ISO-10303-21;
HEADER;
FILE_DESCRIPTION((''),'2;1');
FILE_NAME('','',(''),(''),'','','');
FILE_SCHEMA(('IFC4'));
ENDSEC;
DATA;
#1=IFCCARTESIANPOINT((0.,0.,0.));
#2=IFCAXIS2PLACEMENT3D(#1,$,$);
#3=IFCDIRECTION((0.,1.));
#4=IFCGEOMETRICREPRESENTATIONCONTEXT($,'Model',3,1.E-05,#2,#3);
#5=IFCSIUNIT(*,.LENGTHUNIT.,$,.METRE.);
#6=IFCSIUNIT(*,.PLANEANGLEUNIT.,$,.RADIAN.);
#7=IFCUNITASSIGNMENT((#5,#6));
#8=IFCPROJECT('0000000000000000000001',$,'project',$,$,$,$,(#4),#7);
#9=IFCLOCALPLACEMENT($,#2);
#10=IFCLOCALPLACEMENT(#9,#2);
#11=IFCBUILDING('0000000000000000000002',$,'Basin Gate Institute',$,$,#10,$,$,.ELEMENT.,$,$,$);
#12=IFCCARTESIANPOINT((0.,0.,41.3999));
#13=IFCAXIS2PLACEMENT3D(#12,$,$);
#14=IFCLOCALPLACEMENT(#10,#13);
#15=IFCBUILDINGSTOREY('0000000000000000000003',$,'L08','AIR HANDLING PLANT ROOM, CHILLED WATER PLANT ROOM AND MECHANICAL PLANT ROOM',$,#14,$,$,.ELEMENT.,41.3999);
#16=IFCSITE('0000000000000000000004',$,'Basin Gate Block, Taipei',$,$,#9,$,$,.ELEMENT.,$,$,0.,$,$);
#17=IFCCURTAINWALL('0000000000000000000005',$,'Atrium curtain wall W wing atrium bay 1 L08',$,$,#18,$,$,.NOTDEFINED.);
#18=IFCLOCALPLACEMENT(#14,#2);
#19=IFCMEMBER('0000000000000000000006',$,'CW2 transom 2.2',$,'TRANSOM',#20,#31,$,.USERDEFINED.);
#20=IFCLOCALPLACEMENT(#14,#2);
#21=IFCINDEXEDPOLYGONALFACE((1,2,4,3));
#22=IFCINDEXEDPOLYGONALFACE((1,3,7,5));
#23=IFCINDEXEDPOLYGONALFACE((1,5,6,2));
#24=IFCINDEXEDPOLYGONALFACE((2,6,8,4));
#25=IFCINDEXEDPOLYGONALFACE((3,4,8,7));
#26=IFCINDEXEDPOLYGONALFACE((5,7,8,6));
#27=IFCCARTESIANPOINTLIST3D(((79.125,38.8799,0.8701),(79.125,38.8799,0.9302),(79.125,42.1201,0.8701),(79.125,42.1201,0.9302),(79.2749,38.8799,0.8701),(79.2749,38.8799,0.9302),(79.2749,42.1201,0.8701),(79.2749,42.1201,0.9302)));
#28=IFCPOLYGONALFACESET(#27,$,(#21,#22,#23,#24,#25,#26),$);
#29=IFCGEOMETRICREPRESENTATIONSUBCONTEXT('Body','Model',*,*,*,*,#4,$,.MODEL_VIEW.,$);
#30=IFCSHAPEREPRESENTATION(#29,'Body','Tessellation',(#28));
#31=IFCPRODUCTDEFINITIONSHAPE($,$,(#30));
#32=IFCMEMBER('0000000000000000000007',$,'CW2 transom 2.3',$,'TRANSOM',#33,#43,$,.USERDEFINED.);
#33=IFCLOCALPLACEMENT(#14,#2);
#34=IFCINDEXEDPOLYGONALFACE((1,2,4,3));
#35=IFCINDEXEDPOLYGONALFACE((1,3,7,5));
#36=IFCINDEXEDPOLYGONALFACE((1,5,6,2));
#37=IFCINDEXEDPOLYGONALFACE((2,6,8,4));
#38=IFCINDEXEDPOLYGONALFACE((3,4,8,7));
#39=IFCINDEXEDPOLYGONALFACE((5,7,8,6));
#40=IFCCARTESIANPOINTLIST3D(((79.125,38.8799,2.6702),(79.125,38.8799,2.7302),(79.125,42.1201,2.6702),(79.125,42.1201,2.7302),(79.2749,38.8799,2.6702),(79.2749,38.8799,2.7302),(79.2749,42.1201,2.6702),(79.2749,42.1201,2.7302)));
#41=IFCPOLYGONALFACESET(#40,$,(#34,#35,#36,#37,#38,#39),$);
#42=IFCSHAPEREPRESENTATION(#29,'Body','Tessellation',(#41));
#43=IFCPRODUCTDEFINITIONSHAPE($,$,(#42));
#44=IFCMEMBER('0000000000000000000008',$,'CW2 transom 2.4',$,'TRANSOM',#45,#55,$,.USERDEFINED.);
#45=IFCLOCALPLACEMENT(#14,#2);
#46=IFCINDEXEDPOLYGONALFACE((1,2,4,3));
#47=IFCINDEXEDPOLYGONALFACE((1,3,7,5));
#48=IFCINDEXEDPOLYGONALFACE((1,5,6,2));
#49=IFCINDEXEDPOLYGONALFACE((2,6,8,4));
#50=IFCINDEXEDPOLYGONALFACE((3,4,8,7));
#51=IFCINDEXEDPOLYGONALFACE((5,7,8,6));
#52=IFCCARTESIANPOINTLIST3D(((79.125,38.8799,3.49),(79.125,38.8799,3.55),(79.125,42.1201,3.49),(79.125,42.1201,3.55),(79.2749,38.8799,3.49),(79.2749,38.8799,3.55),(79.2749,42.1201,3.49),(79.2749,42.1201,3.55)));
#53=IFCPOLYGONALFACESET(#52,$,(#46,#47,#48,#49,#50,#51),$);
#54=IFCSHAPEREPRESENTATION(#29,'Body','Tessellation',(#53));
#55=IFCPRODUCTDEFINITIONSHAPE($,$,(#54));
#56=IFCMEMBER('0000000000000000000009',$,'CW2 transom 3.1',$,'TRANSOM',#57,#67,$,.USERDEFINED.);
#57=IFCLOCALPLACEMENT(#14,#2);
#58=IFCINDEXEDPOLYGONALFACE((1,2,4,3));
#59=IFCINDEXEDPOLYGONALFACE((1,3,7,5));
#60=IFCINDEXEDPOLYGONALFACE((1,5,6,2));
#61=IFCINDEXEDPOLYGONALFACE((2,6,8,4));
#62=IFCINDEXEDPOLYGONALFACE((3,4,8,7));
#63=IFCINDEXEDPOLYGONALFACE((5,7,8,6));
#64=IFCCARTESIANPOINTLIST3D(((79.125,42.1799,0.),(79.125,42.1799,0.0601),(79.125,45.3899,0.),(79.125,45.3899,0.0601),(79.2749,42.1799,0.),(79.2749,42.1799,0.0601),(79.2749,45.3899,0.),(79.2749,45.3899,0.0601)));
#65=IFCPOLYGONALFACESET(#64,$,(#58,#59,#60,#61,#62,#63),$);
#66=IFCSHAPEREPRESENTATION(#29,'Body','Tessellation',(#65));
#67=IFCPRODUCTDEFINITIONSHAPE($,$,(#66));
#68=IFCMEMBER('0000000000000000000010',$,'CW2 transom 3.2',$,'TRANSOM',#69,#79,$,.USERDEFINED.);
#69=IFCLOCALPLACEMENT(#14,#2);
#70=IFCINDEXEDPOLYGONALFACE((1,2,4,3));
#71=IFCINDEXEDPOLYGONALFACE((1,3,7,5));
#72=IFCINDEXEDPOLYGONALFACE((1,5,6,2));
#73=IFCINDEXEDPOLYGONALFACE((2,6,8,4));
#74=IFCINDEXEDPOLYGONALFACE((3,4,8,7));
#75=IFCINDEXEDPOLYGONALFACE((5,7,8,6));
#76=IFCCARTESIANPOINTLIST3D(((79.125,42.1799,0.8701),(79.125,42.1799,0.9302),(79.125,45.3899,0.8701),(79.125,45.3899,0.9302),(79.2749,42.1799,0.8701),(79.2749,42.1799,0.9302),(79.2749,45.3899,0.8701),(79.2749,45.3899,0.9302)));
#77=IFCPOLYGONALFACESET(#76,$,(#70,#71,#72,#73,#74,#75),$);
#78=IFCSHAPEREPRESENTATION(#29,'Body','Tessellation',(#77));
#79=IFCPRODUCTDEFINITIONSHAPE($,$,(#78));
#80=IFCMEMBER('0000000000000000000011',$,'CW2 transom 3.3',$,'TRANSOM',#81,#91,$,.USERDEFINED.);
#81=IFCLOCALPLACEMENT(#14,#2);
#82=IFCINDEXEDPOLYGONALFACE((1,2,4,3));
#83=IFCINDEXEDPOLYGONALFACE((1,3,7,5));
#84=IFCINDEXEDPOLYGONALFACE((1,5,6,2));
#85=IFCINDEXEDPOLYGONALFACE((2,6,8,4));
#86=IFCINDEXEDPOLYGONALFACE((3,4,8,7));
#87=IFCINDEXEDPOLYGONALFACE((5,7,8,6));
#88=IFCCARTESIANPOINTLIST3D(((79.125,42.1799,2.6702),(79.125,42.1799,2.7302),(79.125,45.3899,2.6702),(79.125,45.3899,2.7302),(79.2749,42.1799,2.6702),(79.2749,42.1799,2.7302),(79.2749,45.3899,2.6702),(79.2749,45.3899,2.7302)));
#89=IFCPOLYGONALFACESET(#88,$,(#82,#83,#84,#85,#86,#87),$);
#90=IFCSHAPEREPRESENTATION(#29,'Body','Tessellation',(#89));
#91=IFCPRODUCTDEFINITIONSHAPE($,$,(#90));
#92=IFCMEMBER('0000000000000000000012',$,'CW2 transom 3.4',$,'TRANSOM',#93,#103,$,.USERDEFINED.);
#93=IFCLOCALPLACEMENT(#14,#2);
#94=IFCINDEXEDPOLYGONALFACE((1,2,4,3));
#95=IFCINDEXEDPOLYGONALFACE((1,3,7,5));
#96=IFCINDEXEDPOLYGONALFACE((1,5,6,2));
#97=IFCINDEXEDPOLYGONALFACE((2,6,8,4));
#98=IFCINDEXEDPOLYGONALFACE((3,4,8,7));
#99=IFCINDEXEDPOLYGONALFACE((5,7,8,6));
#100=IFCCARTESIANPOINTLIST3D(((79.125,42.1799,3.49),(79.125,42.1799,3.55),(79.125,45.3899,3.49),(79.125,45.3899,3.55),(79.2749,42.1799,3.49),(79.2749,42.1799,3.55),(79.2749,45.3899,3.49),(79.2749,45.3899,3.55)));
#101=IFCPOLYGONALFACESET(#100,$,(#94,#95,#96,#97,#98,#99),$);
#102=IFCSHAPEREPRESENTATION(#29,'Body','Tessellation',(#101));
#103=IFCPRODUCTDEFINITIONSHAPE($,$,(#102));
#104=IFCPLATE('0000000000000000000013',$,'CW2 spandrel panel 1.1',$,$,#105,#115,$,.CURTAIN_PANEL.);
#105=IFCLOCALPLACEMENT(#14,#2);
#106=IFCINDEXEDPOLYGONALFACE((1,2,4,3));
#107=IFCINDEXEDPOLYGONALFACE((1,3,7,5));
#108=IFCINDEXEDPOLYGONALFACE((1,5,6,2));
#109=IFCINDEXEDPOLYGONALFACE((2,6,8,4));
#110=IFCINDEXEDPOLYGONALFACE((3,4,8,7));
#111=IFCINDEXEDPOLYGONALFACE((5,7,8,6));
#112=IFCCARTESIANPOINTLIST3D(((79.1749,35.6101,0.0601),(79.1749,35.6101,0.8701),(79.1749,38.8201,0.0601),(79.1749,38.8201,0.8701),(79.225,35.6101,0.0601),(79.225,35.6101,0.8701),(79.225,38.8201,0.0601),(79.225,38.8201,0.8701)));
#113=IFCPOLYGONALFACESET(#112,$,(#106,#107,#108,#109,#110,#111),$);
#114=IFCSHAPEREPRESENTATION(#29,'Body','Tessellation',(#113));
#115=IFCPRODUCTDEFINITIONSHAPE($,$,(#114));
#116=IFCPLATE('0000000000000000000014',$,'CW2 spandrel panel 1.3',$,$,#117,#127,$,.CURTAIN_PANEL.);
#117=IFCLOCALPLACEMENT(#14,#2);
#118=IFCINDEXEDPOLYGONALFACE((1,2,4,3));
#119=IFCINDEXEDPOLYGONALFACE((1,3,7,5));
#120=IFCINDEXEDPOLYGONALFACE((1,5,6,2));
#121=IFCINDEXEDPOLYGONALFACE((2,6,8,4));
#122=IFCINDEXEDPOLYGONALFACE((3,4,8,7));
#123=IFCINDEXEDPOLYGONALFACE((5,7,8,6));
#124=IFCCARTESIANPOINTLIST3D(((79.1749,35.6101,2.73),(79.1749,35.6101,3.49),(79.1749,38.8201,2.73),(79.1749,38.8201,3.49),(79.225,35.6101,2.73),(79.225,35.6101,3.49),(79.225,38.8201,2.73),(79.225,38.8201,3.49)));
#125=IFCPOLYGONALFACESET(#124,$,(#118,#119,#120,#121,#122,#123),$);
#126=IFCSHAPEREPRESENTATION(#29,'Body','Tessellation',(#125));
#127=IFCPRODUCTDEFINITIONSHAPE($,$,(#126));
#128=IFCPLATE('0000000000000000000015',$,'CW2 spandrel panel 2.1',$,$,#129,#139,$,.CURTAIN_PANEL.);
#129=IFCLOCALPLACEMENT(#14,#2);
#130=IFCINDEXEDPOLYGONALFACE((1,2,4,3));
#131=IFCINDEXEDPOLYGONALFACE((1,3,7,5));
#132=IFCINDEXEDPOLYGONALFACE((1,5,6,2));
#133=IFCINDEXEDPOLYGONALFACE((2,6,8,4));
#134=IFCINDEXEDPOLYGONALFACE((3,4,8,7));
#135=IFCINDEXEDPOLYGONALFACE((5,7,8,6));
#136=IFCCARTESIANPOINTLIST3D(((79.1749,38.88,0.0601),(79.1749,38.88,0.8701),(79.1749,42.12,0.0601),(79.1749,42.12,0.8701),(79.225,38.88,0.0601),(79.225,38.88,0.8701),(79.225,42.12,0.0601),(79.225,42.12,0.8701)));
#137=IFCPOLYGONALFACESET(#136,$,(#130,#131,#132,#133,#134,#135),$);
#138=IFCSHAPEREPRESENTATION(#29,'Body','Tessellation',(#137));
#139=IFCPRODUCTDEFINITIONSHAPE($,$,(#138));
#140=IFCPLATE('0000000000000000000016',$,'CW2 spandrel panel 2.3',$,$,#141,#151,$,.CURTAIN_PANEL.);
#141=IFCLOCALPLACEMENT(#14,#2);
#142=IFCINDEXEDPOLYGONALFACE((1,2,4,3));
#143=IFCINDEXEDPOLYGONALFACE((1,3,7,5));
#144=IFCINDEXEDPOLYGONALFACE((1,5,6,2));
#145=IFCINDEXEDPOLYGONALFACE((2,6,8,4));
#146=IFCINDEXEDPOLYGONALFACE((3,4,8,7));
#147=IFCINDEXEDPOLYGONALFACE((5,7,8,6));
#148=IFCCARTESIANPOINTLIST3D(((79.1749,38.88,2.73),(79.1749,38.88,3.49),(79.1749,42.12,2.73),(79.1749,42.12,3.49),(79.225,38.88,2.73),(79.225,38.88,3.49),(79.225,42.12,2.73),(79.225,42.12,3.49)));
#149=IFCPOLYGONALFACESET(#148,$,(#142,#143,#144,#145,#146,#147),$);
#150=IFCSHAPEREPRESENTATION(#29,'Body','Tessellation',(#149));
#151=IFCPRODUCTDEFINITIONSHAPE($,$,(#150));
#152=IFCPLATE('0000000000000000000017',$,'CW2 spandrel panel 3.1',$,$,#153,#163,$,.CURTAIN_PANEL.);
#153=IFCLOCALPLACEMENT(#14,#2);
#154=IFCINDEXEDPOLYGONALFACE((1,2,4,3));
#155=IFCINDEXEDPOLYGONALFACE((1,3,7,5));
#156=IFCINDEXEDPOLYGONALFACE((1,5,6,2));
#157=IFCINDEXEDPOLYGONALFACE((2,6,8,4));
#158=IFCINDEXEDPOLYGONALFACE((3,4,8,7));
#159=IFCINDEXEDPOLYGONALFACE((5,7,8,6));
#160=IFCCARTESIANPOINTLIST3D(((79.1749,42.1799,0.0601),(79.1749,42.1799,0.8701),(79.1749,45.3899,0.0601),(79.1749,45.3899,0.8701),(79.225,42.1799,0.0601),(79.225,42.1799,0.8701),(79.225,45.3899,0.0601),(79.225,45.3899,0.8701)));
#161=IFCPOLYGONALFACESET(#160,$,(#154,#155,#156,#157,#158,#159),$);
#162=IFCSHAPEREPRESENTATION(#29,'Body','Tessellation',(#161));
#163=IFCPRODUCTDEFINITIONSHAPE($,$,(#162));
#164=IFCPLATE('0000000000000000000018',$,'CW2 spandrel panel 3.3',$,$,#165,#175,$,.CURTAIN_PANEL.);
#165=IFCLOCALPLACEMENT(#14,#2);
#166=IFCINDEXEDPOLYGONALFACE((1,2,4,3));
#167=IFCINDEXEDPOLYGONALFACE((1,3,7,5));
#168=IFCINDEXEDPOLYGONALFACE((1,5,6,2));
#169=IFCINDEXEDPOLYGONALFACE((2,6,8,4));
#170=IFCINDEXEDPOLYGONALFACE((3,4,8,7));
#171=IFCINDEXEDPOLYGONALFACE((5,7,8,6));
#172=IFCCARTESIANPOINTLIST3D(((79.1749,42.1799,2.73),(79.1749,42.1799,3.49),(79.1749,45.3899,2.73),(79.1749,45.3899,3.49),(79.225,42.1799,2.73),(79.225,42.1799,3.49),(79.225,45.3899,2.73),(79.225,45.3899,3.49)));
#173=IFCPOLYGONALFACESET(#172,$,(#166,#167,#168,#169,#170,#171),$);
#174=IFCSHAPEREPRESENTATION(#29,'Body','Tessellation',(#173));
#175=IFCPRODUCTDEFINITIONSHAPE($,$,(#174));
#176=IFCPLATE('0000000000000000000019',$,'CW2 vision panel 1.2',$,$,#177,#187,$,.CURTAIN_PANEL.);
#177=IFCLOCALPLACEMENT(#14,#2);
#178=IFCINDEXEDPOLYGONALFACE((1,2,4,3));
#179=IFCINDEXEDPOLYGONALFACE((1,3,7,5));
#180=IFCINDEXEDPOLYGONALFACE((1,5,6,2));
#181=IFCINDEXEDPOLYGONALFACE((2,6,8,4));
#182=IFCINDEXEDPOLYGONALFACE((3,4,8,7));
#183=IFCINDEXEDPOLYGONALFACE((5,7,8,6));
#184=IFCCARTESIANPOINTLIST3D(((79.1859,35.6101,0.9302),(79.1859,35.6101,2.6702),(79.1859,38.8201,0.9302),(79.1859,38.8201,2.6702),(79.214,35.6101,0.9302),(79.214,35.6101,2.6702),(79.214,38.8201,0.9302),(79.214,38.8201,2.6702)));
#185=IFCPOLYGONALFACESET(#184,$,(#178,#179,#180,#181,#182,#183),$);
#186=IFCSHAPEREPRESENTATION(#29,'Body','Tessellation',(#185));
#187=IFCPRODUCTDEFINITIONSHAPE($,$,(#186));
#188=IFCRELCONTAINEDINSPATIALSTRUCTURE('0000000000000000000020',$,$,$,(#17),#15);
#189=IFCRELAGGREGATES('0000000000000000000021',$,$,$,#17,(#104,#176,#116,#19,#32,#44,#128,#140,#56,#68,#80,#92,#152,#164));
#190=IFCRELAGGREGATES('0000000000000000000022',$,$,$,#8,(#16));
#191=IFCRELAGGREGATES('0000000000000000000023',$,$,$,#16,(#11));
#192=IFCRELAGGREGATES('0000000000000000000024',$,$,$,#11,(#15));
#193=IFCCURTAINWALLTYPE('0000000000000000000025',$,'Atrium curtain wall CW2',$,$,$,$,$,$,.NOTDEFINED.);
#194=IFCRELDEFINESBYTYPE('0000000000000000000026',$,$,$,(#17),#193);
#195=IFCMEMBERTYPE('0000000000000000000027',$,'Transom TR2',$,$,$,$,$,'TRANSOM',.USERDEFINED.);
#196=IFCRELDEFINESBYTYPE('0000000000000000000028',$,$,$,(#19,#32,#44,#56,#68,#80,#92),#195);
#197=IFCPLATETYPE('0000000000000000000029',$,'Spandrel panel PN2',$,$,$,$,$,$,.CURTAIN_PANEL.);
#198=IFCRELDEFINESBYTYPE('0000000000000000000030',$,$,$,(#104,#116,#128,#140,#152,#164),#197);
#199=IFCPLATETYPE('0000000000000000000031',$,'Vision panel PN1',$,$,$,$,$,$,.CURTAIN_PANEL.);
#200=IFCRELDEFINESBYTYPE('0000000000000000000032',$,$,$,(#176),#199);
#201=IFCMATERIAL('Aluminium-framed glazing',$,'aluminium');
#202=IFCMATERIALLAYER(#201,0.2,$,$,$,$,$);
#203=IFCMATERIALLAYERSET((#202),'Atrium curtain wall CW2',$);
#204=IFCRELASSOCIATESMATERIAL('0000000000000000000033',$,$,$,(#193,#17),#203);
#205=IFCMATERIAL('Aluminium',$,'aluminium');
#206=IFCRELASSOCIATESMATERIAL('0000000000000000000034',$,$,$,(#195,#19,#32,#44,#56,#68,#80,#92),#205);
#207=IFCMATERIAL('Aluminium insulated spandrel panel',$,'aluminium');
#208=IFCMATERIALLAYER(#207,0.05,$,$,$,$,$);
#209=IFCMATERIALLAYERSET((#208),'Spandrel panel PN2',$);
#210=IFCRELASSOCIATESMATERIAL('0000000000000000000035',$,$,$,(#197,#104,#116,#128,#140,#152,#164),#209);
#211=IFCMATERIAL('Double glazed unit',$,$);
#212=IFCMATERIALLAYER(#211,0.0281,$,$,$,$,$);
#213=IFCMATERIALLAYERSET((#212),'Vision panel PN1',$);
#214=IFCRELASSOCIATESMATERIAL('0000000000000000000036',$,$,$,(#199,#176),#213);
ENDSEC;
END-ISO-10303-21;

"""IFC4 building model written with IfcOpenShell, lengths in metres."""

from ifc_helpers import new_model, si_unit, direction, frame, origin, origin_2d, place, context, subcontext, project, spatial, rectangle, extrude, material, layer, layer_set, material_profile, profile_set, type_object, element, aggregate, save


model = new_model("IFC4")

# Units and contexts
model_context = context("Model", 3, precision=1e-05, world=origin(), true_north=direction((0.0, 1.0)))
body_context = subcontext(model_context, "Body", "Model", "MODEL_VIEW")
ifc_project = project(units=[si_unit("LENGTHUNIT", "METRE"), si_unit("PLANEANGLEUNIT", "RADIAN")], contexts=[model_context])

# Site, building, storey
site_placement = place(None, origin())
site = spatial("IfcSite", under=ifc_project, at=site_placement, Name="Basin Gate Block, Taipei", CompositionType="ELEMENT", RefElevation=0.0)
building_placement = place(site_placement, origin())
building = spatial("IfcBuilding", under=site, at=building_placement, Name="Basin Gate Institute", CompositionType="ELEMENT")
storey_placement = place(building_placement, frame((0.0, 0.0, 41.3999)))
storey = spatial("IfcBuildingStorey", under=building, at=storey_placement, Name="L08", Description="AIR HANDLING PLANT ROOM, CHILLED WATER PLANT ROOM AND MECHANICAL PLANT ROOM", CompositionType="ELEMENT", Elevation=41.3999)

# Curtain wall
ifc_material_1 = material(Name="Aluminium-framed glazing", Category="aluminium")
ifc_layer_1 = layer(ifc_material_1, 0.2)
ifc_layer_set_1 = layer_set([ifc_layer_1], Name="Atrium curtain wall CW2")
curtain_wall_type = type_object("IfcCurtainWallType", Name="Atrium curtain wall CW2", PredefinedType="NOTDEFINED", material=ifc_layer_set_1)
curtain_wall_placement = place(storey_placement, origin())
curtain_wall = element("IfcCurtainWall", 1, at=curtain_wall_placement, inside=storey, type_object=curtain_wall_type, material=ifc_layer_set_1, Name="Atrium curtain wall W wing atrium bay 1 L08", PredefinedType="NOTDEFINED")

# Members
ifc_material_2 = material(Name="Aluminium", Category="aluminium")
ifc_material_profile_1 = material_profile(ifc_material_2, rectangle(XDim=0.1499, YDim=0.0601, at=origin_2d()), Name="Transom TR2 150 x 60")
ifc_profile_set_1 = profile_set([ifc_material_profile_1], Name="Aluminium")
member_type_1 = type_object("IfcMemberType", Name="Transom TR2", ElementType="TRANSOM", PredefinedType="USERDEFINED", material=ifc_profile_set_1)
member_1_placement = place(storey_placement, frame((79.2, 38.8799, 0.9001), z_axis=(0.0, 1.0, 0.0), x_axis=(-1.0, 0.0, 0.0)))
member_1 = element("IfcMember", 2, at=member_1_placement, type_object=member_type_1, material=ifc_profile_set_1, Name="CW2 transom 2.2", ObjectType="TRANSOM", PredefinedType="USERDEFINED", context=body_context, shape_type="SweptSolid", body=[
    extrude(rectangle(XDim=0.1499, YDim=0.0601, at=origin_2d()), origin(), (0.0, 0.0, 1.0), 3.2402),
])
member_2_placement = place(storey_placement, frame((79.2, 38.8799, 2.7002), z_axis=(0.0, 1.0, 0.0), x_axis=(-1.0, 0.0, 0.0)))
member_2 = element("IfcMember", 3, at=member_2_placement, type_object=member_type_1, material=ifc_profile_set_1, Name="CW2 transom 2.3", ObjectType="TRANSOM", PredefinedType="USERDEFINED", context=body_context, shape_type="SweptSolid", body=[
    extrude(rectangle(XDim=0.1499, YDim=0.0601, at=origin_2d()), origin(), (0.0, 0.0, 1.0), 3.2402),
])
member_3_placement = place(storey_placement, frame((79.2, 38.8799, 3.52), z_axis=(0.0, 1.0, 0.0), x_axis=(-1.0, 0.0, 0.0)))
member_3 = element("IfcMember", 4, at=member_3_placement, type_object=member_type_1, material=ifc_profile_set_1, Name="CW2 transom 2.4", ObjectType="TRANSOM", PredefinedType="USERDEFINED", context=body_context, shape_type="SweptSolid", body=[
    extrude(rectangle(XDim=0.1499, YDim=0.0601, at=origin_2d()), origin(), (0.0, 0.0, 1.0), 3.2402),
])
member_4_placement = place(storey_placement, frame((79.2, 42.1799, 0.03), z_axis=(0.0, 1.0, 0.0), x_axis=(-1.0, 0.0, 0.0)))
member_4 = element("IfcMember", 5, at=member_4_placement, type_object=member_type_1, material=ifc_profile_set_1, Name="CW2 transom 3.1", ObjectType="TRANSOM", PredefinedType="USERDEFINED", context=body_context, shape_type="SweptSolid", body=[
    extrude(rectangle(XDim=0.1499, YDim=0.0601, at=origin_2d()), origin(), (0.0, 0.0, 1.0), 3.21),
])
member_5_placement = place(storey_placement, frame((79.2, 42.1799, 0.9001), z_axis=(0.0, 1.0, 0.0), x_axis=(-1.0, 0.0, 0.0)))
member_5 = element("IfcMember", 6, at=member_5_placement, type_object=member_type_1, material=ifc_profile_set_1, Name="CW2 transom 3.2", ObjectType="TRANSOM", PredefinedType="USERDEFINED", context=body_context, shape_type="SweptSolid", body=[
    extrude(rectangle(XDim=0.1499, YDim=0.0601, at=origin_2d()), origin(), (0.0, 0.0, 1.0), 3.21),
])
member_6_placement = place(storey_placement, frame((79.2, 42.1799, 2.7002), z_axis=(0.0, 1.0, 0.0), x_axis=(-1.0, 0.0, 0.0)))
member_6 = element("IfcMember", 7, at=member_6_placement, type_object=member_type_1, material=ifc_profile_set_1, Name="CW2 transom 3.3", ObjectType="TRANSOM", PredefinedType="USERDEFINED", context=body_context, shape_type="SweptSolid", body=[
    extrude(rectangle(XDim=0.1499, YDim=0.0601, at=origin_2d()), origin(), (0.0, 0.0, 1.0), 3.21),
])
member_7_placement = place(storey_placement, frame((79.2, 42.1799, 3.52), z_axis=(0.0, 1.0, 0.0), x_axis=(-1.0, 0.0, 0.0)))
member_7 = element("IfcMember", 8, at=member_7_placement, type_object=member_type_1, material=ifc_profile_set_1, Name="CW2 transom 3.4", ObjectType="TRANSOM", PredefinedType="USERDEFINED", context=body_context, shape_type="SweptSolid", body=[
    extrude(rectangle(XDim=0.1499, YDim=0.0601, at=origin_2d()), origin(), (0.0, 0.0, 1.0), 3.21),
])

# Plates
ifc_material_3 = material(Name="Aluminium insulated spandrel panel", Category="aluminium")
ifc_layer_2 = layer(ifc_material_3, 0.05)
ifc_layer_set_2 = layer_set([ifc_layer_2], Name="Spandrel panel PN2")
plate_type_1 = type_object("IfcPlateType", Name="Spandrel panel PN2", PredefinedType="CURTAIN_PANEL", material=ifc_layer_set_2)
plate_1_placement = place(storey_placement, frame((79.2, 37.2151, 0.0601), z_axis=(0.0, 0.0, 1.0), x_axis=(0.0, 1.0, 0.0)))
plate_1 = element("IfcPlate", 9, at=plate_1_placement, type_object=plate_type_1, material=ifc_layer_set_2, Name="CW2 spandrel panel 1.1", PredefinedType="CURTAIN_PANEL", context=body_context, shape_type="SweptSolid", body=[
    extrude(rectangle(XDim=3.21, YDim=0.05, at=origin_2d()), origin(), (0.0, 0.0, 1.0), 0.8101),
])
plate_2_placement = place(storey_placement, frame((79.2, 37.2151, 2.73), z_axis=(0.0, 0.0, 1.0), x_axis=(0.0, 1.0, 0.0)))
plate_2 = element("IfcPlate", 10, at=plate_2_placement, type_object=plate_type_1, material=ifc_layer_set_2, Name="CW2 spandrel panel 1.3", PredefinedType="CURTAIN_PANEL", context=body_context, shape_type="SweptSolid", body=[
    extrude(rectangle(XDim=3.21, YDim=0.05, at=origin_2d()), origin(), (0.0, 0.0, 1.0), 0.76),
])
plate_3_placement = place(storey_placement, frame((79.2, 40.5, 0.0601), z_axis=(0.0, 0.0, 1.0), x_axis=(0.0, 1.0, 0.0)))
plate_3 = element("IfcPlate", 11, at=plate_3_placement, type_object=plate_type_1, material=ifc_layer_set_2, Name="CW2 spandrel panel 2.1", PredefinedType="CURTAIN_PANEL", context=body_context, shape_type="SweptSolid", body=[
    extrude(rectangle(XDim=3.24, YDim=0.05, at=origin_2d()), origin(), (0.0, 0.0, 1.0), 0.8101),
])
plate_4_placement = place(storey_placement, frame((79.2, 40.5, 2.73), z_axis=(0.0, 0.0, 1.0), x_axis=(0.0, 1.0, 0.0)))
plate_4 = element("IfcPlate", 12, at=plate_4_placement, type_object=plate_type_1, material=ifc_layer_set_2, Name="CW2 spandrel panel 2.3", PredefinedType="CURTAIN_PANEL", context=body_context, shape_type="SweptSolid", body=[
    extrude(rectangle(XDim=3.24, YDim=0.05, at=origin_2d()), origin(), (0.0, 0.0, 1.0), 0.76),
])
plate_5_placement = place(storey_placement, frame((79.2, 43.7849, 0.0601), z_axis=(0.0, 0.0, 1.0), x_axis=(0.0, 1.0, 0.0)))
plate_5 = element("IfcPlate", 13, at=plate_5_placement, type_object=plate_type_1, material=ifc_layer_set_2, Name="CW2 spandrel panel 3.1", PredefinedType="CURTAIN_PANEL", context=body_context, shape_type="SweptSolid", body=[
    extrude(rectangle(XDim=3.21, YDim=0.05, at=origin_2d()), origin(), (0.0, 0.0, 1.0), 0.8101),
])
plate_6_placement = place(storey_placement, frame((79.2, 43.7849, 2.73), z_axis=(0.0, 0.0, 1.0), x_axis=(0.0, 1.0, 0.0)))
plate_6 = element("IfcPlate", 14, at=plate_6_placement, type_object=plate_type_1, material=ifc_layer_set_2, Name="CW2 spandrel panel 3.3", PredefinedType="CURTAIN_PANEL", context=body_context, shape_type="SweptSolid", body=[
    extrude(rectangle(XDim=3.21, YDim=0.05, at=origin_2d()), origin(), (0.0, 0.0, 1.0), 0.76),
])
ifc_material_4 = material(Name="Double glazed unit")
ifc_layer_3 = layer(ifc_material_4, 0.0281)
ifc_layer_set_3 = layer_set([ifc_layer_3], Name="Vision panel PN1")
plate_type_2 = type_object("IfcPlateType", Name="Vision panel PN1", PredefinedType="CURTAIN_PANEL", material=ifc_layer_set_3)
plate_7_placement = place(storey_placement, frame((79.2, 37.2151, 0.9302), z_axis=(0.0, 0.0, 1.0), x_axis=(0.0, 1.0, 0.0)))
plate_7 = element("IfcPlate", 15, at=plate_7_placement, type_object=plate_type_2, material=ifc_layer_set_3, Name="CW2 vision panel 1.2", PredefinedType="CURTAIN_PANEL", context=body_context, shape_type="SweptSolid", body=[
    extrude(rectangle(XDim=3.21, YDim=0.0281, at=origin_2d()), origin(), (0.0, 0.0, 1.0), 1.74),
])
aggregate(curtain_wall, [plate_1, plate_7, plate_2, member_1, member_2, member_3, plate_3, plate_4, member_4, member_5, member_6, member_7, plate_5, plate_6])

save(model, "model.ifc")
